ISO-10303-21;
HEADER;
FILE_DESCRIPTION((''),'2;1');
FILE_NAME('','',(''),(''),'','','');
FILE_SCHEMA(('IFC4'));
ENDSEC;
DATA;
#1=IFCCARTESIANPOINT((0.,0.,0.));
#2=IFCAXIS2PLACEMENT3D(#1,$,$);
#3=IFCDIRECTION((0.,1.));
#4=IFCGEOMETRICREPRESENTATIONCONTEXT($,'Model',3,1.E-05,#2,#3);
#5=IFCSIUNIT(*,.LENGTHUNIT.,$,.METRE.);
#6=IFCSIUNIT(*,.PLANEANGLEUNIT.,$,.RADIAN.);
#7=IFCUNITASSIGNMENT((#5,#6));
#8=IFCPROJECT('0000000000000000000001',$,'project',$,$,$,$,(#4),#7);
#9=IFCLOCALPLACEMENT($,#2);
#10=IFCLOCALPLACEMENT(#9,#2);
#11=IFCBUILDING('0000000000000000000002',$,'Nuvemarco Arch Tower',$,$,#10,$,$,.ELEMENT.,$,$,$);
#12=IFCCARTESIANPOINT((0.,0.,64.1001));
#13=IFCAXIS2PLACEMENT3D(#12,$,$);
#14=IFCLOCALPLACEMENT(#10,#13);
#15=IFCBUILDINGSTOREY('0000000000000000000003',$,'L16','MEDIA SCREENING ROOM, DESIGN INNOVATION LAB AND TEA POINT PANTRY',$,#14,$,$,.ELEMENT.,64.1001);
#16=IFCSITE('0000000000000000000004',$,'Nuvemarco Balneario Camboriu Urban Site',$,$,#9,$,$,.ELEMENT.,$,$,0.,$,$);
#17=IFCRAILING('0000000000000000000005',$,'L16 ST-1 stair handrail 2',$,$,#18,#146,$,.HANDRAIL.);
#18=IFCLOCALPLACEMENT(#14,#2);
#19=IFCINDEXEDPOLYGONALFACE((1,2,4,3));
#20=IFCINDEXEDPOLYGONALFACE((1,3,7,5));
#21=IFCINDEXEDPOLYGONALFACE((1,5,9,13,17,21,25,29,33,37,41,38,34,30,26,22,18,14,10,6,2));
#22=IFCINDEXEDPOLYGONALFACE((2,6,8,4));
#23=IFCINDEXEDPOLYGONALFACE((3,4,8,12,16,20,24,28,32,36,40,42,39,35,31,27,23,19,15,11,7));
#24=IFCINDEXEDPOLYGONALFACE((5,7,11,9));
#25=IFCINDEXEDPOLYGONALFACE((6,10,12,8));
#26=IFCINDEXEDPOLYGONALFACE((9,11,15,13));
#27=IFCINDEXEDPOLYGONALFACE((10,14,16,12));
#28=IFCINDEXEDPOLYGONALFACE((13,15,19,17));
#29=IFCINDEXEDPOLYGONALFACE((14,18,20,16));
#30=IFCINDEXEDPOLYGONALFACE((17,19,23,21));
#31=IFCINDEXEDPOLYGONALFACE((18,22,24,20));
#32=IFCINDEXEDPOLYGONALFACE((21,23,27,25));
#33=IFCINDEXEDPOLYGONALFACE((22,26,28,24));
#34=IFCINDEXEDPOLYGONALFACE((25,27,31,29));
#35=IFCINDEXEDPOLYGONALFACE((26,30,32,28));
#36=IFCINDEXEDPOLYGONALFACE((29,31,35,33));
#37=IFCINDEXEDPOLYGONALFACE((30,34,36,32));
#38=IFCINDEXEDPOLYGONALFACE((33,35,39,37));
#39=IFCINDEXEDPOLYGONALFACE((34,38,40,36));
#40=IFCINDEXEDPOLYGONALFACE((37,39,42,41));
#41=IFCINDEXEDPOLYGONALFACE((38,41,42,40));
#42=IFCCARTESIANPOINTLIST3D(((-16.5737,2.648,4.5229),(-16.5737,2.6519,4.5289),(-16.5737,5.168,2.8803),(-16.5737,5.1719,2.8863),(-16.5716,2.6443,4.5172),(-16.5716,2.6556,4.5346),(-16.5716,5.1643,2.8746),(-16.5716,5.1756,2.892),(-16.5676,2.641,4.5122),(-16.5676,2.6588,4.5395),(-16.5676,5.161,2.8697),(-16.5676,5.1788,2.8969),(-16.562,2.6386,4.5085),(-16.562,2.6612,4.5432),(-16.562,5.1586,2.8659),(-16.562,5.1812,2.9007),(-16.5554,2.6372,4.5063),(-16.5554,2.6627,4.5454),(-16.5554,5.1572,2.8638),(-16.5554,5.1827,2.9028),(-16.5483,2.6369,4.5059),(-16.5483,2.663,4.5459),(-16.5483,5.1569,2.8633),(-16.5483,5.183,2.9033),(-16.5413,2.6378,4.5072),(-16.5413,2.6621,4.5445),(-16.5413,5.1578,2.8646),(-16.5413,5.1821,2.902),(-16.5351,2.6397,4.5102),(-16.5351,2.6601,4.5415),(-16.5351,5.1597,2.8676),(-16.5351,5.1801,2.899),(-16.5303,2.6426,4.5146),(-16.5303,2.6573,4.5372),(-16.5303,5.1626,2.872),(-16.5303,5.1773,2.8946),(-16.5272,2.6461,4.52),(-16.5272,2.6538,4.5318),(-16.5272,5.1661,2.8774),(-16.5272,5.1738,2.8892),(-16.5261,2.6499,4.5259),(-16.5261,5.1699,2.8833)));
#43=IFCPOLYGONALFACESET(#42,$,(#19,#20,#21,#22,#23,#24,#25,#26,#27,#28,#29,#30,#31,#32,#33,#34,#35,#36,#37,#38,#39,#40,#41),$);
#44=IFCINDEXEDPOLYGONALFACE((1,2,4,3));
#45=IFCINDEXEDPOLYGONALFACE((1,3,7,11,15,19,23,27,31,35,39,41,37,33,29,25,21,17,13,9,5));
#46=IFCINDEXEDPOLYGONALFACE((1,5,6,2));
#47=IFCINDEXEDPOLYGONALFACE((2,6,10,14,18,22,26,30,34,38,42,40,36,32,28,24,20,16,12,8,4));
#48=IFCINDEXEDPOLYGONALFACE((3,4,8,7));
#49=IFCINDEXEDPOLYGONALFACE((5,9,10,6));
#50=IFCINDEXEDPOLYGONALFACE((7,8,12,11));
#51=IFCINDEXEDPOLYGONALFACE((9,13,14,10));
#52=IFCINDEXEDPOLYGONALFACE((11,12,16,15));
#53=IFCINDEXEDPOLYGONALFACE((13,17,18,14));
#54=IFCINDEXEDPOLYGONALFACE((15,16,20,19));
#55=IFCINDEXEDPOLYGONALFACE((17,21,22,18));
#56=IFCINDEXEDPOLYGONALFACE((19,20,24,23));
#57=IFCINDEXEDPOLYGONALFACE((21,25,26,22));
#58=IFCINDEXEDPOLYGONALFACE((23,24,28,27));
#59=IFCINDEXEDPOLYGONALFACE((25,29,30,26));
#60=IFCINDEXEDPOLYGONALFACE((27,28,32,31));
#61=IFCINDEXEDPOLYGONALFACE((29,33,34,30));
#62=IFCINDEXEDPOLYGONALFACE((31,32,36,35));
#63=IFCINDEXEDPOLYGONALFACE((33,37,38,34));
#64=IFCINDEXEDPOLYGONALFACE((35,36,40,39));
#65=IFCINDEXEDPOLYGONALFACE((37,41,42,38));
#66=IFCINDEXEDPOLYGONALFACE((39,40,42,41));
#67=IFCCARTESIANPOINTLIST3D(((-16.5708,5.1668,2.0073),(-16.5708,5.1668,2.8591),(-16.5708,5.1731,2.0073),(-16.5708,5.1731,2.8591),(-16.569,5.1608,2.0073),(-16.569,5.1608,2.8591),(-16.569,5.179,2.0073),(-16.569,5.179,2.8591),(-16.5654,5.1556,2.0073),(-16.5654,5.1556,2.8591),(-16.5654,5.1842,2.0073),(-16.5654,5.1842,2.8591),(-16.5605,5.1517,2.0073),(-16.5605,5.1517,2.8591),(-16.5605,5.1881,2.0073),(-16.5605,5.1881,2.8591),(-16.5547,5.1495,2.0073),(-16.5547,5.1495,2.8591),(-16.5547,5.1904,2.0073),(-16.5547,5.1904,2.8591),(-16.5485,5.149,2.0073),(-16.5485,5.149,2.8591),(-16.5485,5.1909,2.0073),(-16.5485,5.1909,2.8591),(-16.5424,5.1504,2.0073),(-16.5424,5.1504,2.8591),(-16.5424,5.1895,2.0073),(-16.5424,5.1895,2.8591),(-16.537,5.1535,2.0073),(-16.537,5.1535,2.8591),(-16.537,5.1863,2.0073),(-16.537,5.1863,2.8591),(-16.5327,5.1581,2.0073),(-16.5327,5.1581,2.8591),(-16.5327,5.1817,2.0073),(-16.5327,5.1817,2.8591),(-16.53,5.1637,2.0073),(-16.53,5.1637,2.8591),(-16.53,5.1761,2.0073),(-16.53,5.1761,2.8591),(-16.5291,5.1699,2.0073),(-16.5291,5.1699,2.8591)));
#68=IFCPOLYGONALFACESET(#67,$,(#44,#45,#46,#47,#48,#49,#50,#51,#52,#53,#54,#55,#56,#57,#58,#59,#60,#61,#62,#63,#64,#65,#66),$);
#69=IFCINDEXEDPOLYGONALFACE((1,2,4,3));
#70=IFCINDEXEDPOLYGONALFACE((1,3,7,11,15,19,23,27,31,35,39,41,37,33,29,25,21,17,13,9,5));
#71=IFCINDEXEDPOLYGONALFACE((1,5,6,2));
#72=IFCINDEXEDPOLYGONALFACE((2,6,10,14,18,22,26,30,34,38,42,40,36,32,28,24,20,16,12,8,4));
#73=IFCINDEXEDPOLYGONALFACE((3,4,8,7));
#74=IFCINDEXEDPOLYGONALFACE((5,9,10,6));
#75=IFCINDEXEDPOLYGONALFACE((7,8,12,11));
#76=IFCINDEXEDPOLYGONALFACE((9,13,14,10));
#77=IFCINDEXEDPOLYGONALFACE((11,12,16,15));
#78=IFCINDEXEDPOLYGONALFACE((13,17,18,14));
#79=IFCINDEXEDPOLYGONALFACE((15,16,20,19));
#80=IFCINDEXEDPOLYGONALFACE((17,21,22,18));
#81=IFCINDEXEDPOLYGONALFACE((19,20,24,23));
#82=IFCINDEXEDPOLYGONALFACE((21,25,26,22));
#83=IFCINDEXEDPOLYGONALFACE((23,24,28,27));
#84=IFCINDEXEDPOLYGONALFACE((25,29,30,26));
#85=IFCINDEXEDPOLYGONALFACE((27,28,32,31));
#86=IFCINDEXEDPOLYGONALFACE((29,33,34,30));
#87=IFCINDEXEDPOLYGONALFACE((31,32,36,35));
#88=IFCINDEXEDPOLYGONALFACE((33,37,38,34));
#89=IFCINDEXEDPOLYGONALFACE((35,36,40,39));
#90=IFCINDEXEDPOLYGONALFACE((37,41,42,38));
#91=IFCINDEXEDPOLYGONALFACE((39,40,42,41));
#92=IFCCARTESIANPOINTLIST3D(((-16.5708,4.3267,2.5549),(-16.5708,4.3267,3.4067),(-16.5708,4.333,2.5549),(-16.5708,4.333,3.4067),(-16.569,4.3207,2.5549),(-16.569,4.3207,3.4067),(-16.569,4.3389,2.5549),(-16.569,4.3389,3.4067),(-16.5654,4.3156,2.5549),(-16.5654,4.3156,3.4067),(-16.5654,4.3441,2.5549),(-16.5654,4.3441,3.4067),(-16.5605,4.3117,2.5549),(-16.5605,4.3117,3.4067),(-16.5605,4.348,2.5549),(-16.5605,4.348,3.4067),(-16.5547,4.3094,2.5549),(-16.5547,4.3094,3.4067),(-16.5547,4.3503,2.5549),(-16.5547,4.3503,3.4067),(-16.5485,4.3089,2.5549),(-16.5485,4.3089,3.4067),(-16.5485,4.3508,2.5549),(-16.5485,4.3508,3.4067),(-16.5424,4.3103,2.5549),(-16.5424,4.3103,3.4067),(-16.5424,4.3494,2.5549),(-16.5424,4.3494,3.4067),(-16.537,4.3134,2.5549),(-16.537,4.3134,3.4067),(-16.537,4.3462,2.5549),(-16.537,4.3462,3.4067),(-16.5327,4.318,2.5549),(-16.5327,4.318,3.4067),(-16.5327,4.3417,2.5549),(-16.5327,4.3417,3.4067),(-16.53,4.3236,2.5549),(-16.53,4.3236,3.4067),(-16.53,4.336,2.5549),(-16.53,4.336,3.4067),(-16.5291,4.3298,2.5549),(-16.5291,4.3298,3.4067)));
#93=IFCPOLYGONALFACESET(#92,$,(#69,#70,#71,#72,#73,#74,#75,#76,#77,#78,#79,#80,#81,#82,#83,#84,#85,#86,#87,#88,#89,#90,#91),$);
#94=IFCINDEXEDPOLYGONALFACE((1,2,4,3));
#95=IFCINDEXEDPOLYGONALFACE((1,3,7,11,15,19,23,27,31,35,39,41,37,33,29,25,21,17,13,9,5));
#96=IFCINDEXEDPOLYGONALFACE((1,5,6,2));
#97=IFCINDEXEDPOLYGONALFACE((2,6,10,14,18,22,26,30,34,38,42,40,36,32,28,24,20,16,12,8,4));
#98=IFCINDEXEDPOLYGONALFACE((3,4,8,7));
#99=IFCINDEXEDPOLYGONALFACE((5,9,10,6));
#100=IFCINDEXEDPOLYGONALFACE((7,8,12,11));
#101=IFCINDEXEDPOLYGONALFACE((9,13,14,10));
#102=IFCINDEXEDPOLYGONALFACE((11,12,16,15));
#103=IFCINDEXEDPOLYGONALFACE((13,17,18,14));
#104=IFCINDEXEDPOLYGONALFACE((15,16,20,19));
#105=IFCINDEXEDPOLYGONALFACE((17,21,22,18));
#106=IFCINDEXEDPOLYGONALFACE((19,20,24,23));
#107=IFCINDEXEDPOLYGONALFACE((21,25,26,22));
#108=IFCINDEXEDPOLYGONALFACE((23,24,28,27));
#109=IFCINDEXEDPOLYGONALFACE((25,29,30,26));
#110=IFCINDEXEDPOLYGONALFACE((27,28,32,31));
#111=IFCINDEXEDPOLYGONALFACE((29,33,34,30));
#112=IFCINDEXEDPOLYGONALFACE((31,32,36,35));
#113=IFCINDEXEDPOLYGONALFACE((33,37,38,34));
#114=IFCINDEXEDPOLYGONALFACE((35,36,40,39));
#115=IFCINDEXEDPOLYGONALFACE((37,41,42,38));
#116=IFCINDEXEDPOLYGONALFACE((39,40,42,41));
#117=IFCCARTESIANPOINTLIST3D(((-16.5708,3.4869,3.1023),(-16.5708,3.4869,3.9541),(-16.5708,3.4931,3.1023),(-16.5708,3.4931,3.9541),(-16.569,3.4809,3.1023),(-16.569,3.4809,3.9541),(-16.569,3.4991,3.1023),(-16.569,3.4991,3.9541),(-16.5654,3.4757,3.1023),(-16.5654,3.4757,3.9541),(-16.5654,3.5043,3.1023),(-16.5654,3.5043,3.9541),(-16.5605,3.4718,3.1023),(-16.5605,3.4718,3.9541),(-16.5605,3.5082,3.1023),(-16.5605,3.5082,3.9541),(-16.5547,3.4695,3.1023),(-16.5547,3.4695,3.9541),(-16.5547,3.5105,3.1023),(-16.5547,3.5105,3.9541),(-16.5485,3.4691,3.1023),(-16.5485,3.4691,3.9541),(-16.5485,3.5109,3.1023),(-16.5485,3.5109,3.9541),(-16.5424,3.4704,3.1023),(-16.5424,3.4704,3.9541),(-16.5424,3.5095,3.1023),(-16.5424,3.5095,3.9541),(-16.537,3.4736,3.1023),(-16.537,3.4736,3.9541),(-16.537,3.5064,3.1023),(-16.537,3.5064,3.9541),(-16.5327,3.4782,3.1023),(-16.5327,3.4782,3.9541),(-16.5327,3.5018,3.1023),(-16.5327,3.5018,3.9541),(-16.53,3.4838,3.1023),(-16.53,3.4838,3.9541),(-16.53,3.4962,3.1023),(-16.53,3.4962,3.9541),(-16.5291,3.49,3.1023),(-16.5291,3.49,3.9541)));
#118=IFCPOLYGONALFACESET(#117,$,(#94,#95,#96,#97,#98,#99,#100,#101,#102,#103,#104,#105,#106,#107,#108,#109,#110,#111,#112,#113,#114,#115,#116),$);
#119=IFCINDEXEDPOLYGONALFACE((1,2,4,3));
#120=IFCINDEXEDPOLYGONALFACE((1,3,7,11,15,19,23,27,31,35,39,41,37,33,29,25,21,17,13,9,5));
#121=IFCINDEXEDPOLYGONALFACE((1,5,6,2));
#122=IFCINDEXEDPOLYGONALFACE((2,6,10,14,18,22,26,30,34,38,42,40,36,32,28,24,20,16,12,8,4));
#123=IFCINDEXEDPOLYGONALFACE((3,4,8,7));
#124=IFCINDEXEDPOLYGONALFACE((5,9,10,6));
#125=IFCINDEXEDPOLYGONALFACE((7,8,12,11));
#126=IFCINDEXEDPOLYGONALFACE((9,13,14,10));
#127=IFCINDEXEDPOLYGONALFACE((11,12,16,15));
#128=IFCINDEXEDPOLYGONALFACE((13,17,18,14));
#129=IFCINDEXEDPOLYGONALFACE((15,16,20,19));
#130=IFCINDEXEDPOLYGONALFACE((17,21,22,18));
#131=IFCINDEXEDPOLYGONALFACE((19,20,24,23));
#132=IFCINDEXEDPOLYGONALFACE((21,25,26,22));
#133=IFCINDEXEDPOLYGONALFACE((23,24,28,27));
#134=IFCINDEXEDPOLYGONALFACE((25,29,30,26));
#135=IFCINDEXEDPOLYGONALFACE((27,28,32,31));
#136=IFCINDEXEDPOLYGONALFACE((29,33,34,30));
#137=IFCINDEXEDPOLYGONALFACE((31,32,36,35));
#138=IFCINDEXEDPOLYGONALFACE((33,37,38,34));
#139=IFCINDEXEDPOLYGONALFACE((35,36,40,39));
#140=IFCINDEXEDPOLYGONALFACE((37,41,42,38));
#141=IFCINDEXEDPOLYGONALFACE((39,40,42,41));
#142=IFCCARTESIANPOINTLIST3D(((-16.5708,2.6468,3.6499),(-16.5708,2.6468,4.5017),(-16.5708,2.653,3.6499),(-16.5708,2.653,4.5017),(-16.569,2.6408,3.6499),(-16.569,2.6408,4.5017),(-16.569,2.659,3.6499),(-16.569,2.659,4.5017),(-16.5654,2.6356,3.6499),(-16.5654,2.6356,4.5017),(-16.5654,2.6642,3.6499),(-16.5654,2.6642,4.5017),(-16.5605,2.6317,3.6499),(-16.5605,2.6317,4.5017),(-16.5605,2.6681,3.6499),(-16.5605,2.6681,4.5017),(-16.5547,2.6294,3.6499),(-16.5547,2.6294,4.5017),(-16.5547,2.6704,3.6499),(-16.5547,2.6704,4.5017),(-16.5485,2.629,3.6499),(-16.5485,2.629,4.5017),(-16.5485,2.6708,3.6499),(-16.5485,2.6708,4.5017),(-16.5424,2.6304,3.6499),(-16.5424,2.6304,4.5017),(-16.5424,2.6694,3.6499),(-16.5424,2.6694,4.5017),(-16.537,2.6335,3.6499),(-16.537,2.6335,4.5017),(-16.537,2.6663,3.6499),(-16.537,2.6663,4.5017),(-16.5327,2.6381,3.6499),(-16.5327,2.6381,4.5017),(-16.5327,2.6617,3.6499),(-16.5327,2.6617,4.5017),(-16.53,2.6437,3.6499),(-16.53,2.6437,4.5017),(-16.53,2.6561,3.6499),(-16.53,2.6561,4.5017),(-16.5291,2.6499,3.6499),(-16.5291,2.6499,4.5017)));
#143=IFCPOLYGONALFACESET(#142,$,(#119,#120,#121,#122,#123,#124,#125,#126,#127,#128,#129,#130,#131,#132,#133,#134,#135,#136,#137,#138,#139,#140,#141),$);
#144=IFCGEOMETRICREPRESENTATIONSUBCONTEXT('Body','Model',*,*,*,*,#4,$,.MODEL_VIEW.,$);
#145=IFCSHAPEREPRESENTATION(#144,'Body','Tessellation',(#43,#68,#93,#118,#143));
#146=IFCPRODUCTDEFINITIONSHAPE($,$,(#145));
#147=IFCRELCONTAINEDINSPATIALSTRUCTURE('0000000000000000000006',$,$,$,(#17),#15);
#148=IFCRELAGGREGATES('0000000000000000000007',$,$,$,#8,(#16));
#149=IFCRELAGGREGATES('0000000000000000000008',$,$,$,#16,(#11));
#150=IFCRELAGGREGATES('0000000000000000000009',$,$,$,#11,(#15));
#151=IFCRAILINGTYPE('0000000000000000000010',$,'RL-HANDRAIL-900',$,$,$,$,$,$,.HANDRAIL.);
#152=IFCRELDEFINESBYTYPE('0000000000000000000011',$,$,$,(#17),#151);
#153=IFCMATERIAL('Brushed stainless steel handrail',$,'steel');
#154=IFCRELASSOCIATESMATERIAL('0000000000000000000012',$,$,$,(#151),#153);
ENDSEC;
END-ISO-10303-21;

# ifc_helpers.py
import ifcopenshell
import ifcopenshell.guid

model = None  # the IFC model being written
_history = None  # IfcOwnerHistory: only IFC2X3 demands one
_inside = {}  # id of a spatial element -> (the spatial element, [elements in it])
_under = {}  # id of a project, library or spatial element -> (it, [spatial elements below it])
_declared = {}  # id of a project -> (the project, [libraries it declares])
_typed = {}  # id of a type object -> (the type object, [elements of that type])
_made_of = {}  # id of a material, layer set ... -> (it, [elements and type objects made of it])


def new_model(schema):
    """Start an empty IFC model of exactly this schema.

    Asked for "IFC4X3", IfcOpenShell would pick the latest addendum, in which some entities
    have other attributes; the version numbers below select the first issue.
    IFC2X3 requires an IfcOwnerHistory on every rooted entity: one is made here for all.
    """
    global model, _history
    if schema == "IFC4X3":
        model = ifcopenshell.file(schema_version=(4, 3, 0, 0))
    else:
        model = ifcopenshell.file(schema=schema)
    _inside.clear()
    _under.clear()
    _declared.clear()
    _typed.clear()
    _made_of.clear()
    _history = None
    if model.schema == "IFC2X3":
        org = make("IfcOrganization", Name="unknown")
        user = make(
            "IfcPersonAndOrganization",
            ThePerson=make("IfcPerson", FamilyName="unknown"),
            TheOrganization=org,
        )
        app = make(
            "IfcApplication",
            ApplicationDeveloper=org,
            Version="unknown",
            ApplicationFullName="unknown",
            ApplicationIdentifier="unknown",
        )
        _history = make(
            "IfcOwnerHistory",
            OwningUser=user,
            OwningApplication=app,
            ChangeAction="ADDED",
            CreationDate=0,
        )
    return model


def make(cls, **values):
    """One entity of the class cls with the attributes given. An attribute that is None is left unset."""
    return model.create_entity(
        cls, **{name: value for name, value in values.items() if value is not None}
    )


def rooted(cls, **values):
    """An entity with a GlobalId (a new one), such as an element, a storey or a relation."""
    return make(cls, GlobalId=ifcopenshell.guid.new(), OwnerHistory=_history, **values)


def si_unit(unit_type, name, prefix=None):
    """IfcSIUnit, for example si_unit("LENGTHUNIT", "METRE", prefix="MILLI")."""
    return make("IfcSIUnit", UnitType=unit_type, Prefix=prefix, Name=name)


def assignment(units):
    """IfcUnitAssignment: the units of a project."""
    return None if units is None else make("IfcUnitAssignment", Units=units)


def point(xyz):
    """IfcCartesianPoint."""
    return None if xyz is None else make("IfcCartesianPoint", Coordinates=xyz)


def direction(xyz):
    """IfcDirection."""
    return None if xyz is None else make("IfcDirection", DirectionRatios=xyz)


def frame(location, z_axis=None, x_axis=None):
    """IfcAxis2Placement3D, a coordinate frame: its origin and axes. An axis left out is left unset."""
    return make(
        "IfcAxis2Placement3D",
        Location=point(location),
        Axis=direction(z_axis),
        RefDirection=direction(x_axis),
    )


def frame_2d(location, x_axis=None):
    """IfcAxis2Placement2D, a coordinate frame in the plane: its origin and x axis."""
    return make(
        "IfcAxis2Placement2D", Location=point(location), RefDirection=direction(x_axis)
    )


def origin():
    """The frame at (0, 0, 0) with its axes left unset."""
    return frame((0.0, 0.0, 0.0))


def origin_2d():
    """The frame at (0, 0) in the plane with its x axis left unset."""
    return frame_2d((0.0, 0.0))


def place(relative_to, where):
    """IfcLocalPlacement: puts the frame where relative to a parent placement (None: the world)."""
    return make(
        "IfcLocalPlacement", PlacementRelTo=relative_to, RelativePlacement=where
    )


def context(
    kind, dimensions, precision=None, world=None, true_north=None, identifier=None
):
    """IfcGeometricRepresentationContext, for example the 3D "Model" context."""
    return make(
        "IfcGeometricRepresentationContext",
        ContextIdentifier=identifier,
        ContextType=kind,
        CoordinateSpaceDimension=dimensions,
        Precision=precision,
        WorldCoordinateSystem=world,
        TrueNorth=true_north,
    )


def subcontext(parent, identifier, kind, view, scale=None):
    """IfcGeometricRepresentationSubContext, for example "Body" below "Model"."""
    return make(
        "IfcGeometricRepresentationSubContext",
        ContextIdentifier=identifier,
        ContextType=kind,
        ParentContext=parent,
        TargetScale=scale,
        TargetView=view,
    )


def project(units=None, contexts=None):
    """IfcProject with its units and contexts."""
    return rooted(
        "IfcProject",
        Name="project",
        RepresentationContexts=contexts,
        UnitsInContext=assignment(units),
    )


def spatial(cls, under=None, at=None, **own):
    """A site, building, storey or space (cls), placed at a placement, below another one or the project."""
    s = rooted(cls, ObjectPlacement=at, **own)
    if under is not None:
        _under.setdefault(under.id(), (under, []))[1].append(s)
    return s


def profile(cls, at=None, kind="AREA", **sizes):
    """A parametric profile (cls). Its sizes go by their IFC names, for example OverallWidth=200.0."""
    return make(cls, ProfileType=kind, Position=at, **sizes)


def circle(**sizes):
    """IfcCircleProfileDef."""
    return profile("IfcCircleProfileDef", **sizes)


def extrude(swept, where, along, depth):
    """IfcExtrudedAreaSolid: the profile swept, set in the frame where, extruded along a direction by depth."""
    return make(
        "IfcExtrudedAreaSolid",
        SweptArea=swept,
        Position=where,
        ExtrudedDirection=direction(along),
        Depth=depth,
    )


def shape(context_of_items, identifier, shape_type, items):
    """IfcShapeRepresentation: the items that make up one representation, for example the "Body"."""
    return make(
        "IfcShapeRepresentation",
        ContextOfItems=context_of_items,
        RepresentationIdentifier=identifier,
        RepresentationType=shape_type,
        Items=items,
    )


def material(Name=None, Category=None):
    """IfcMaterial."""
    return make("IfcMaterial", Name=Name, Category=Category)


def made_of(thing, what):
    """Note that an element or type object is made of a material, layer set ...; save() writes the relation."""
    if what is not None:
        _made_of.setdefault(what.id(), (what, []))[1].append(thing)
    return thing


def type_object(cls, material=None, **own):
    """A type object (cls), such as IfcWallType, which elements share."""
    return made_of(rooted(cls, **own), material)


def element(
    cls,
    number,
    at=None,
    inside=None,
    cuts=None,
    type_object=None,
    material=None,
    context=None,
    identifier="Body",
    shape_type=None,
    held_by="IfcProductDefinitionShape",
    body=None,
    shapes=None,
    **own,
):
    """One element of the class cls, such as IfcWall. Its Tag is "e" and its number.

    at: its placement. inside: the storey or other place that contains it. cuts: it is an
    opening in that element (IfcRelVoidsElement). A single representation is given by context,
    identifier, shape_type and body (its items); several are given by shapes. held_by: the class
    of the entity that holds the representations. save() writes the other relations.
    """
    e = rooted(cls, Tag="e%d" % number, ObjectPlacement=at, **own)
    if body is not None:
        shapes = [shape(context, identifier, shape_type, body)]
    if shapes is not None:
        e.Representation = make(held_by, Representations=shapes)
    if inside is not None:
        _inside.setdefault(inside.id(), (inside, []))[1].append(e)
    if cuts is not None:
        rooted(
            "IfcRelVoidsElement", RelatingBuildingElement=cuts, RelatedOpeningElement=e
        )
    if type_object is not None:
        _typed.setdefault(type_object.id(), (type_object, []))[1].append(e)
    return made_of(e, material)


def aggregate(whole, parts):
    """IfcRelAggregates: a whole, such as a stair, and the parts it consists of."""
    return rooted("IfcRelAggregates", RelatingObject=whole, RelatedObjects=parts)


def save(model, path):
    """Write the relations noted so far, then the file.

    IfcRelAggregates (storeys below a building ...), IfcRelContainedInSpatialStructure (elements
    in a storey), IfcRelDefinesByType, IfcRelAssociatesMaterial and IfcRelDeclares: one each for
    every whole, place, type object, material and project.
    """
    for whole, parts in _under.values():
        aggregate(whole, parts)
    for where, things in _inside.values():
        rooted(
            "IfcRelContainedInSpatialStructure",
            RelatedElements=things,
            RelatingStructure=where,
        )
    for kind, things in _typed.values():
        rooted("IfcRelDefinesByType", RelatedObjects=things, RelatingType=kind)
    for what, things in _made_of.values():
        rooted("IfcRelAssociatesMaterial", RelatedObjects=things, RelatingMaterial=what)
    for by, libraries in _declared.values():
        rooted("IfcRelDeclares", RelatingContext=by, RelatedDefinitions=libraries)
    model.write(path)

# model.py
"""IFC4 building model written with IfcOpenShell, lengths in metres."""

from ifc_helpers import new_model, si_unit, direction, frame, origin, origin_2d, place, context, subcontext, project, spatial, circle, extrude, material, type_object, element, save


model = new_model("IFC4")

# Units and contexts
model_context = context("Model", 3, precision=1e-05, world=origin(), true_north=direction((0.0, 1.0)))
body_context = subcontext(model_context, "Body", "Model", "MODEL_VIEW")
ifc_project = project(units=[si_unit("LENGTHUNIT", "METRE"), si_unit("PLANEANGLEUNIT", "RADIAN")], contexts=[model_context])

# Site, building, storey
site_placement = place(None, origin())
site = spatial("IfcSite", under=ifc_project, at=site_placement, Name="Nuvemarco Balneario Camboriu Urban Site", CompositionType="ELEMENT", RefElevation=0.0)
building_placement = place(site_placement, origin())
building = spatial("IfcBuilding", under=site, at=building_placement, Name="Nuvemarco Arch Tower", CompositionType="ELEMENT")
storey_placement = place(building_placement, frame((0.0, 0.0, 64.1001)))
storey = spatial("IfcBuildingStorey", under=building, at=storey_placement, Name="L16", Description="MEDIA SCREENING ROOM, DESIGN INNOVATION LAB AND TEA POINT PANTRY", CompositionType="ELEMENT", Elevation=64.1001)

# Railing
ifc_material_1 = material(Name="Brushed stainless steel handrail", Category="steel")
railing_type_1 = type_object("IfcRailingType", Name="RL-HANDRAIL-900", PredefinedType="HANDRAIL", material=ifc_material_1)
railing_1_placement = place(storey_placement, frame((-16.55, 5.1699, 2.0073)))
element("IfcRailing", 1, at=railing_1_placement, inside=storey, type_object=railing_type_1, Name="L16 ST-1 stair handrail 2", PredefinedType="HANDRAIL", context=body_context, shape_type="SweptSolid", body=[
    extrude(circle(Radius=0.0239, at=origin_2d()), frame((0.0, 0.0, 0.876), z_axis=(0.0, -0.837749, 0.546055), x_axis=(1.0, 0.0, 0.0)), (0.0, 0.0, 1.0), 3.0081),
    extrude(circle(Radius=0.021, at=origin_2d()), origin(), (0.0, 0.0, 1.0), 0.8518),
    extrude(circle(Radius=0.021, at=origin_2d()), frame((0.0, -0.8401, 0.5476)), (0.0, 0.0, 1.0), 0.8518),
    extrude(circle(Radius=0.021, at=origin_2d()), frame((0.0, -1.6799, 1.095)), (0.0, 0.0, 1.0), 0.8518),
    extrude(circle(Radius=0.021, at=origin_2d()), frame((0.0, -2.52, 1.6426)), (0.0, 0.0, 1.0), 0.8518),
])

save(model, "model.ifc")
